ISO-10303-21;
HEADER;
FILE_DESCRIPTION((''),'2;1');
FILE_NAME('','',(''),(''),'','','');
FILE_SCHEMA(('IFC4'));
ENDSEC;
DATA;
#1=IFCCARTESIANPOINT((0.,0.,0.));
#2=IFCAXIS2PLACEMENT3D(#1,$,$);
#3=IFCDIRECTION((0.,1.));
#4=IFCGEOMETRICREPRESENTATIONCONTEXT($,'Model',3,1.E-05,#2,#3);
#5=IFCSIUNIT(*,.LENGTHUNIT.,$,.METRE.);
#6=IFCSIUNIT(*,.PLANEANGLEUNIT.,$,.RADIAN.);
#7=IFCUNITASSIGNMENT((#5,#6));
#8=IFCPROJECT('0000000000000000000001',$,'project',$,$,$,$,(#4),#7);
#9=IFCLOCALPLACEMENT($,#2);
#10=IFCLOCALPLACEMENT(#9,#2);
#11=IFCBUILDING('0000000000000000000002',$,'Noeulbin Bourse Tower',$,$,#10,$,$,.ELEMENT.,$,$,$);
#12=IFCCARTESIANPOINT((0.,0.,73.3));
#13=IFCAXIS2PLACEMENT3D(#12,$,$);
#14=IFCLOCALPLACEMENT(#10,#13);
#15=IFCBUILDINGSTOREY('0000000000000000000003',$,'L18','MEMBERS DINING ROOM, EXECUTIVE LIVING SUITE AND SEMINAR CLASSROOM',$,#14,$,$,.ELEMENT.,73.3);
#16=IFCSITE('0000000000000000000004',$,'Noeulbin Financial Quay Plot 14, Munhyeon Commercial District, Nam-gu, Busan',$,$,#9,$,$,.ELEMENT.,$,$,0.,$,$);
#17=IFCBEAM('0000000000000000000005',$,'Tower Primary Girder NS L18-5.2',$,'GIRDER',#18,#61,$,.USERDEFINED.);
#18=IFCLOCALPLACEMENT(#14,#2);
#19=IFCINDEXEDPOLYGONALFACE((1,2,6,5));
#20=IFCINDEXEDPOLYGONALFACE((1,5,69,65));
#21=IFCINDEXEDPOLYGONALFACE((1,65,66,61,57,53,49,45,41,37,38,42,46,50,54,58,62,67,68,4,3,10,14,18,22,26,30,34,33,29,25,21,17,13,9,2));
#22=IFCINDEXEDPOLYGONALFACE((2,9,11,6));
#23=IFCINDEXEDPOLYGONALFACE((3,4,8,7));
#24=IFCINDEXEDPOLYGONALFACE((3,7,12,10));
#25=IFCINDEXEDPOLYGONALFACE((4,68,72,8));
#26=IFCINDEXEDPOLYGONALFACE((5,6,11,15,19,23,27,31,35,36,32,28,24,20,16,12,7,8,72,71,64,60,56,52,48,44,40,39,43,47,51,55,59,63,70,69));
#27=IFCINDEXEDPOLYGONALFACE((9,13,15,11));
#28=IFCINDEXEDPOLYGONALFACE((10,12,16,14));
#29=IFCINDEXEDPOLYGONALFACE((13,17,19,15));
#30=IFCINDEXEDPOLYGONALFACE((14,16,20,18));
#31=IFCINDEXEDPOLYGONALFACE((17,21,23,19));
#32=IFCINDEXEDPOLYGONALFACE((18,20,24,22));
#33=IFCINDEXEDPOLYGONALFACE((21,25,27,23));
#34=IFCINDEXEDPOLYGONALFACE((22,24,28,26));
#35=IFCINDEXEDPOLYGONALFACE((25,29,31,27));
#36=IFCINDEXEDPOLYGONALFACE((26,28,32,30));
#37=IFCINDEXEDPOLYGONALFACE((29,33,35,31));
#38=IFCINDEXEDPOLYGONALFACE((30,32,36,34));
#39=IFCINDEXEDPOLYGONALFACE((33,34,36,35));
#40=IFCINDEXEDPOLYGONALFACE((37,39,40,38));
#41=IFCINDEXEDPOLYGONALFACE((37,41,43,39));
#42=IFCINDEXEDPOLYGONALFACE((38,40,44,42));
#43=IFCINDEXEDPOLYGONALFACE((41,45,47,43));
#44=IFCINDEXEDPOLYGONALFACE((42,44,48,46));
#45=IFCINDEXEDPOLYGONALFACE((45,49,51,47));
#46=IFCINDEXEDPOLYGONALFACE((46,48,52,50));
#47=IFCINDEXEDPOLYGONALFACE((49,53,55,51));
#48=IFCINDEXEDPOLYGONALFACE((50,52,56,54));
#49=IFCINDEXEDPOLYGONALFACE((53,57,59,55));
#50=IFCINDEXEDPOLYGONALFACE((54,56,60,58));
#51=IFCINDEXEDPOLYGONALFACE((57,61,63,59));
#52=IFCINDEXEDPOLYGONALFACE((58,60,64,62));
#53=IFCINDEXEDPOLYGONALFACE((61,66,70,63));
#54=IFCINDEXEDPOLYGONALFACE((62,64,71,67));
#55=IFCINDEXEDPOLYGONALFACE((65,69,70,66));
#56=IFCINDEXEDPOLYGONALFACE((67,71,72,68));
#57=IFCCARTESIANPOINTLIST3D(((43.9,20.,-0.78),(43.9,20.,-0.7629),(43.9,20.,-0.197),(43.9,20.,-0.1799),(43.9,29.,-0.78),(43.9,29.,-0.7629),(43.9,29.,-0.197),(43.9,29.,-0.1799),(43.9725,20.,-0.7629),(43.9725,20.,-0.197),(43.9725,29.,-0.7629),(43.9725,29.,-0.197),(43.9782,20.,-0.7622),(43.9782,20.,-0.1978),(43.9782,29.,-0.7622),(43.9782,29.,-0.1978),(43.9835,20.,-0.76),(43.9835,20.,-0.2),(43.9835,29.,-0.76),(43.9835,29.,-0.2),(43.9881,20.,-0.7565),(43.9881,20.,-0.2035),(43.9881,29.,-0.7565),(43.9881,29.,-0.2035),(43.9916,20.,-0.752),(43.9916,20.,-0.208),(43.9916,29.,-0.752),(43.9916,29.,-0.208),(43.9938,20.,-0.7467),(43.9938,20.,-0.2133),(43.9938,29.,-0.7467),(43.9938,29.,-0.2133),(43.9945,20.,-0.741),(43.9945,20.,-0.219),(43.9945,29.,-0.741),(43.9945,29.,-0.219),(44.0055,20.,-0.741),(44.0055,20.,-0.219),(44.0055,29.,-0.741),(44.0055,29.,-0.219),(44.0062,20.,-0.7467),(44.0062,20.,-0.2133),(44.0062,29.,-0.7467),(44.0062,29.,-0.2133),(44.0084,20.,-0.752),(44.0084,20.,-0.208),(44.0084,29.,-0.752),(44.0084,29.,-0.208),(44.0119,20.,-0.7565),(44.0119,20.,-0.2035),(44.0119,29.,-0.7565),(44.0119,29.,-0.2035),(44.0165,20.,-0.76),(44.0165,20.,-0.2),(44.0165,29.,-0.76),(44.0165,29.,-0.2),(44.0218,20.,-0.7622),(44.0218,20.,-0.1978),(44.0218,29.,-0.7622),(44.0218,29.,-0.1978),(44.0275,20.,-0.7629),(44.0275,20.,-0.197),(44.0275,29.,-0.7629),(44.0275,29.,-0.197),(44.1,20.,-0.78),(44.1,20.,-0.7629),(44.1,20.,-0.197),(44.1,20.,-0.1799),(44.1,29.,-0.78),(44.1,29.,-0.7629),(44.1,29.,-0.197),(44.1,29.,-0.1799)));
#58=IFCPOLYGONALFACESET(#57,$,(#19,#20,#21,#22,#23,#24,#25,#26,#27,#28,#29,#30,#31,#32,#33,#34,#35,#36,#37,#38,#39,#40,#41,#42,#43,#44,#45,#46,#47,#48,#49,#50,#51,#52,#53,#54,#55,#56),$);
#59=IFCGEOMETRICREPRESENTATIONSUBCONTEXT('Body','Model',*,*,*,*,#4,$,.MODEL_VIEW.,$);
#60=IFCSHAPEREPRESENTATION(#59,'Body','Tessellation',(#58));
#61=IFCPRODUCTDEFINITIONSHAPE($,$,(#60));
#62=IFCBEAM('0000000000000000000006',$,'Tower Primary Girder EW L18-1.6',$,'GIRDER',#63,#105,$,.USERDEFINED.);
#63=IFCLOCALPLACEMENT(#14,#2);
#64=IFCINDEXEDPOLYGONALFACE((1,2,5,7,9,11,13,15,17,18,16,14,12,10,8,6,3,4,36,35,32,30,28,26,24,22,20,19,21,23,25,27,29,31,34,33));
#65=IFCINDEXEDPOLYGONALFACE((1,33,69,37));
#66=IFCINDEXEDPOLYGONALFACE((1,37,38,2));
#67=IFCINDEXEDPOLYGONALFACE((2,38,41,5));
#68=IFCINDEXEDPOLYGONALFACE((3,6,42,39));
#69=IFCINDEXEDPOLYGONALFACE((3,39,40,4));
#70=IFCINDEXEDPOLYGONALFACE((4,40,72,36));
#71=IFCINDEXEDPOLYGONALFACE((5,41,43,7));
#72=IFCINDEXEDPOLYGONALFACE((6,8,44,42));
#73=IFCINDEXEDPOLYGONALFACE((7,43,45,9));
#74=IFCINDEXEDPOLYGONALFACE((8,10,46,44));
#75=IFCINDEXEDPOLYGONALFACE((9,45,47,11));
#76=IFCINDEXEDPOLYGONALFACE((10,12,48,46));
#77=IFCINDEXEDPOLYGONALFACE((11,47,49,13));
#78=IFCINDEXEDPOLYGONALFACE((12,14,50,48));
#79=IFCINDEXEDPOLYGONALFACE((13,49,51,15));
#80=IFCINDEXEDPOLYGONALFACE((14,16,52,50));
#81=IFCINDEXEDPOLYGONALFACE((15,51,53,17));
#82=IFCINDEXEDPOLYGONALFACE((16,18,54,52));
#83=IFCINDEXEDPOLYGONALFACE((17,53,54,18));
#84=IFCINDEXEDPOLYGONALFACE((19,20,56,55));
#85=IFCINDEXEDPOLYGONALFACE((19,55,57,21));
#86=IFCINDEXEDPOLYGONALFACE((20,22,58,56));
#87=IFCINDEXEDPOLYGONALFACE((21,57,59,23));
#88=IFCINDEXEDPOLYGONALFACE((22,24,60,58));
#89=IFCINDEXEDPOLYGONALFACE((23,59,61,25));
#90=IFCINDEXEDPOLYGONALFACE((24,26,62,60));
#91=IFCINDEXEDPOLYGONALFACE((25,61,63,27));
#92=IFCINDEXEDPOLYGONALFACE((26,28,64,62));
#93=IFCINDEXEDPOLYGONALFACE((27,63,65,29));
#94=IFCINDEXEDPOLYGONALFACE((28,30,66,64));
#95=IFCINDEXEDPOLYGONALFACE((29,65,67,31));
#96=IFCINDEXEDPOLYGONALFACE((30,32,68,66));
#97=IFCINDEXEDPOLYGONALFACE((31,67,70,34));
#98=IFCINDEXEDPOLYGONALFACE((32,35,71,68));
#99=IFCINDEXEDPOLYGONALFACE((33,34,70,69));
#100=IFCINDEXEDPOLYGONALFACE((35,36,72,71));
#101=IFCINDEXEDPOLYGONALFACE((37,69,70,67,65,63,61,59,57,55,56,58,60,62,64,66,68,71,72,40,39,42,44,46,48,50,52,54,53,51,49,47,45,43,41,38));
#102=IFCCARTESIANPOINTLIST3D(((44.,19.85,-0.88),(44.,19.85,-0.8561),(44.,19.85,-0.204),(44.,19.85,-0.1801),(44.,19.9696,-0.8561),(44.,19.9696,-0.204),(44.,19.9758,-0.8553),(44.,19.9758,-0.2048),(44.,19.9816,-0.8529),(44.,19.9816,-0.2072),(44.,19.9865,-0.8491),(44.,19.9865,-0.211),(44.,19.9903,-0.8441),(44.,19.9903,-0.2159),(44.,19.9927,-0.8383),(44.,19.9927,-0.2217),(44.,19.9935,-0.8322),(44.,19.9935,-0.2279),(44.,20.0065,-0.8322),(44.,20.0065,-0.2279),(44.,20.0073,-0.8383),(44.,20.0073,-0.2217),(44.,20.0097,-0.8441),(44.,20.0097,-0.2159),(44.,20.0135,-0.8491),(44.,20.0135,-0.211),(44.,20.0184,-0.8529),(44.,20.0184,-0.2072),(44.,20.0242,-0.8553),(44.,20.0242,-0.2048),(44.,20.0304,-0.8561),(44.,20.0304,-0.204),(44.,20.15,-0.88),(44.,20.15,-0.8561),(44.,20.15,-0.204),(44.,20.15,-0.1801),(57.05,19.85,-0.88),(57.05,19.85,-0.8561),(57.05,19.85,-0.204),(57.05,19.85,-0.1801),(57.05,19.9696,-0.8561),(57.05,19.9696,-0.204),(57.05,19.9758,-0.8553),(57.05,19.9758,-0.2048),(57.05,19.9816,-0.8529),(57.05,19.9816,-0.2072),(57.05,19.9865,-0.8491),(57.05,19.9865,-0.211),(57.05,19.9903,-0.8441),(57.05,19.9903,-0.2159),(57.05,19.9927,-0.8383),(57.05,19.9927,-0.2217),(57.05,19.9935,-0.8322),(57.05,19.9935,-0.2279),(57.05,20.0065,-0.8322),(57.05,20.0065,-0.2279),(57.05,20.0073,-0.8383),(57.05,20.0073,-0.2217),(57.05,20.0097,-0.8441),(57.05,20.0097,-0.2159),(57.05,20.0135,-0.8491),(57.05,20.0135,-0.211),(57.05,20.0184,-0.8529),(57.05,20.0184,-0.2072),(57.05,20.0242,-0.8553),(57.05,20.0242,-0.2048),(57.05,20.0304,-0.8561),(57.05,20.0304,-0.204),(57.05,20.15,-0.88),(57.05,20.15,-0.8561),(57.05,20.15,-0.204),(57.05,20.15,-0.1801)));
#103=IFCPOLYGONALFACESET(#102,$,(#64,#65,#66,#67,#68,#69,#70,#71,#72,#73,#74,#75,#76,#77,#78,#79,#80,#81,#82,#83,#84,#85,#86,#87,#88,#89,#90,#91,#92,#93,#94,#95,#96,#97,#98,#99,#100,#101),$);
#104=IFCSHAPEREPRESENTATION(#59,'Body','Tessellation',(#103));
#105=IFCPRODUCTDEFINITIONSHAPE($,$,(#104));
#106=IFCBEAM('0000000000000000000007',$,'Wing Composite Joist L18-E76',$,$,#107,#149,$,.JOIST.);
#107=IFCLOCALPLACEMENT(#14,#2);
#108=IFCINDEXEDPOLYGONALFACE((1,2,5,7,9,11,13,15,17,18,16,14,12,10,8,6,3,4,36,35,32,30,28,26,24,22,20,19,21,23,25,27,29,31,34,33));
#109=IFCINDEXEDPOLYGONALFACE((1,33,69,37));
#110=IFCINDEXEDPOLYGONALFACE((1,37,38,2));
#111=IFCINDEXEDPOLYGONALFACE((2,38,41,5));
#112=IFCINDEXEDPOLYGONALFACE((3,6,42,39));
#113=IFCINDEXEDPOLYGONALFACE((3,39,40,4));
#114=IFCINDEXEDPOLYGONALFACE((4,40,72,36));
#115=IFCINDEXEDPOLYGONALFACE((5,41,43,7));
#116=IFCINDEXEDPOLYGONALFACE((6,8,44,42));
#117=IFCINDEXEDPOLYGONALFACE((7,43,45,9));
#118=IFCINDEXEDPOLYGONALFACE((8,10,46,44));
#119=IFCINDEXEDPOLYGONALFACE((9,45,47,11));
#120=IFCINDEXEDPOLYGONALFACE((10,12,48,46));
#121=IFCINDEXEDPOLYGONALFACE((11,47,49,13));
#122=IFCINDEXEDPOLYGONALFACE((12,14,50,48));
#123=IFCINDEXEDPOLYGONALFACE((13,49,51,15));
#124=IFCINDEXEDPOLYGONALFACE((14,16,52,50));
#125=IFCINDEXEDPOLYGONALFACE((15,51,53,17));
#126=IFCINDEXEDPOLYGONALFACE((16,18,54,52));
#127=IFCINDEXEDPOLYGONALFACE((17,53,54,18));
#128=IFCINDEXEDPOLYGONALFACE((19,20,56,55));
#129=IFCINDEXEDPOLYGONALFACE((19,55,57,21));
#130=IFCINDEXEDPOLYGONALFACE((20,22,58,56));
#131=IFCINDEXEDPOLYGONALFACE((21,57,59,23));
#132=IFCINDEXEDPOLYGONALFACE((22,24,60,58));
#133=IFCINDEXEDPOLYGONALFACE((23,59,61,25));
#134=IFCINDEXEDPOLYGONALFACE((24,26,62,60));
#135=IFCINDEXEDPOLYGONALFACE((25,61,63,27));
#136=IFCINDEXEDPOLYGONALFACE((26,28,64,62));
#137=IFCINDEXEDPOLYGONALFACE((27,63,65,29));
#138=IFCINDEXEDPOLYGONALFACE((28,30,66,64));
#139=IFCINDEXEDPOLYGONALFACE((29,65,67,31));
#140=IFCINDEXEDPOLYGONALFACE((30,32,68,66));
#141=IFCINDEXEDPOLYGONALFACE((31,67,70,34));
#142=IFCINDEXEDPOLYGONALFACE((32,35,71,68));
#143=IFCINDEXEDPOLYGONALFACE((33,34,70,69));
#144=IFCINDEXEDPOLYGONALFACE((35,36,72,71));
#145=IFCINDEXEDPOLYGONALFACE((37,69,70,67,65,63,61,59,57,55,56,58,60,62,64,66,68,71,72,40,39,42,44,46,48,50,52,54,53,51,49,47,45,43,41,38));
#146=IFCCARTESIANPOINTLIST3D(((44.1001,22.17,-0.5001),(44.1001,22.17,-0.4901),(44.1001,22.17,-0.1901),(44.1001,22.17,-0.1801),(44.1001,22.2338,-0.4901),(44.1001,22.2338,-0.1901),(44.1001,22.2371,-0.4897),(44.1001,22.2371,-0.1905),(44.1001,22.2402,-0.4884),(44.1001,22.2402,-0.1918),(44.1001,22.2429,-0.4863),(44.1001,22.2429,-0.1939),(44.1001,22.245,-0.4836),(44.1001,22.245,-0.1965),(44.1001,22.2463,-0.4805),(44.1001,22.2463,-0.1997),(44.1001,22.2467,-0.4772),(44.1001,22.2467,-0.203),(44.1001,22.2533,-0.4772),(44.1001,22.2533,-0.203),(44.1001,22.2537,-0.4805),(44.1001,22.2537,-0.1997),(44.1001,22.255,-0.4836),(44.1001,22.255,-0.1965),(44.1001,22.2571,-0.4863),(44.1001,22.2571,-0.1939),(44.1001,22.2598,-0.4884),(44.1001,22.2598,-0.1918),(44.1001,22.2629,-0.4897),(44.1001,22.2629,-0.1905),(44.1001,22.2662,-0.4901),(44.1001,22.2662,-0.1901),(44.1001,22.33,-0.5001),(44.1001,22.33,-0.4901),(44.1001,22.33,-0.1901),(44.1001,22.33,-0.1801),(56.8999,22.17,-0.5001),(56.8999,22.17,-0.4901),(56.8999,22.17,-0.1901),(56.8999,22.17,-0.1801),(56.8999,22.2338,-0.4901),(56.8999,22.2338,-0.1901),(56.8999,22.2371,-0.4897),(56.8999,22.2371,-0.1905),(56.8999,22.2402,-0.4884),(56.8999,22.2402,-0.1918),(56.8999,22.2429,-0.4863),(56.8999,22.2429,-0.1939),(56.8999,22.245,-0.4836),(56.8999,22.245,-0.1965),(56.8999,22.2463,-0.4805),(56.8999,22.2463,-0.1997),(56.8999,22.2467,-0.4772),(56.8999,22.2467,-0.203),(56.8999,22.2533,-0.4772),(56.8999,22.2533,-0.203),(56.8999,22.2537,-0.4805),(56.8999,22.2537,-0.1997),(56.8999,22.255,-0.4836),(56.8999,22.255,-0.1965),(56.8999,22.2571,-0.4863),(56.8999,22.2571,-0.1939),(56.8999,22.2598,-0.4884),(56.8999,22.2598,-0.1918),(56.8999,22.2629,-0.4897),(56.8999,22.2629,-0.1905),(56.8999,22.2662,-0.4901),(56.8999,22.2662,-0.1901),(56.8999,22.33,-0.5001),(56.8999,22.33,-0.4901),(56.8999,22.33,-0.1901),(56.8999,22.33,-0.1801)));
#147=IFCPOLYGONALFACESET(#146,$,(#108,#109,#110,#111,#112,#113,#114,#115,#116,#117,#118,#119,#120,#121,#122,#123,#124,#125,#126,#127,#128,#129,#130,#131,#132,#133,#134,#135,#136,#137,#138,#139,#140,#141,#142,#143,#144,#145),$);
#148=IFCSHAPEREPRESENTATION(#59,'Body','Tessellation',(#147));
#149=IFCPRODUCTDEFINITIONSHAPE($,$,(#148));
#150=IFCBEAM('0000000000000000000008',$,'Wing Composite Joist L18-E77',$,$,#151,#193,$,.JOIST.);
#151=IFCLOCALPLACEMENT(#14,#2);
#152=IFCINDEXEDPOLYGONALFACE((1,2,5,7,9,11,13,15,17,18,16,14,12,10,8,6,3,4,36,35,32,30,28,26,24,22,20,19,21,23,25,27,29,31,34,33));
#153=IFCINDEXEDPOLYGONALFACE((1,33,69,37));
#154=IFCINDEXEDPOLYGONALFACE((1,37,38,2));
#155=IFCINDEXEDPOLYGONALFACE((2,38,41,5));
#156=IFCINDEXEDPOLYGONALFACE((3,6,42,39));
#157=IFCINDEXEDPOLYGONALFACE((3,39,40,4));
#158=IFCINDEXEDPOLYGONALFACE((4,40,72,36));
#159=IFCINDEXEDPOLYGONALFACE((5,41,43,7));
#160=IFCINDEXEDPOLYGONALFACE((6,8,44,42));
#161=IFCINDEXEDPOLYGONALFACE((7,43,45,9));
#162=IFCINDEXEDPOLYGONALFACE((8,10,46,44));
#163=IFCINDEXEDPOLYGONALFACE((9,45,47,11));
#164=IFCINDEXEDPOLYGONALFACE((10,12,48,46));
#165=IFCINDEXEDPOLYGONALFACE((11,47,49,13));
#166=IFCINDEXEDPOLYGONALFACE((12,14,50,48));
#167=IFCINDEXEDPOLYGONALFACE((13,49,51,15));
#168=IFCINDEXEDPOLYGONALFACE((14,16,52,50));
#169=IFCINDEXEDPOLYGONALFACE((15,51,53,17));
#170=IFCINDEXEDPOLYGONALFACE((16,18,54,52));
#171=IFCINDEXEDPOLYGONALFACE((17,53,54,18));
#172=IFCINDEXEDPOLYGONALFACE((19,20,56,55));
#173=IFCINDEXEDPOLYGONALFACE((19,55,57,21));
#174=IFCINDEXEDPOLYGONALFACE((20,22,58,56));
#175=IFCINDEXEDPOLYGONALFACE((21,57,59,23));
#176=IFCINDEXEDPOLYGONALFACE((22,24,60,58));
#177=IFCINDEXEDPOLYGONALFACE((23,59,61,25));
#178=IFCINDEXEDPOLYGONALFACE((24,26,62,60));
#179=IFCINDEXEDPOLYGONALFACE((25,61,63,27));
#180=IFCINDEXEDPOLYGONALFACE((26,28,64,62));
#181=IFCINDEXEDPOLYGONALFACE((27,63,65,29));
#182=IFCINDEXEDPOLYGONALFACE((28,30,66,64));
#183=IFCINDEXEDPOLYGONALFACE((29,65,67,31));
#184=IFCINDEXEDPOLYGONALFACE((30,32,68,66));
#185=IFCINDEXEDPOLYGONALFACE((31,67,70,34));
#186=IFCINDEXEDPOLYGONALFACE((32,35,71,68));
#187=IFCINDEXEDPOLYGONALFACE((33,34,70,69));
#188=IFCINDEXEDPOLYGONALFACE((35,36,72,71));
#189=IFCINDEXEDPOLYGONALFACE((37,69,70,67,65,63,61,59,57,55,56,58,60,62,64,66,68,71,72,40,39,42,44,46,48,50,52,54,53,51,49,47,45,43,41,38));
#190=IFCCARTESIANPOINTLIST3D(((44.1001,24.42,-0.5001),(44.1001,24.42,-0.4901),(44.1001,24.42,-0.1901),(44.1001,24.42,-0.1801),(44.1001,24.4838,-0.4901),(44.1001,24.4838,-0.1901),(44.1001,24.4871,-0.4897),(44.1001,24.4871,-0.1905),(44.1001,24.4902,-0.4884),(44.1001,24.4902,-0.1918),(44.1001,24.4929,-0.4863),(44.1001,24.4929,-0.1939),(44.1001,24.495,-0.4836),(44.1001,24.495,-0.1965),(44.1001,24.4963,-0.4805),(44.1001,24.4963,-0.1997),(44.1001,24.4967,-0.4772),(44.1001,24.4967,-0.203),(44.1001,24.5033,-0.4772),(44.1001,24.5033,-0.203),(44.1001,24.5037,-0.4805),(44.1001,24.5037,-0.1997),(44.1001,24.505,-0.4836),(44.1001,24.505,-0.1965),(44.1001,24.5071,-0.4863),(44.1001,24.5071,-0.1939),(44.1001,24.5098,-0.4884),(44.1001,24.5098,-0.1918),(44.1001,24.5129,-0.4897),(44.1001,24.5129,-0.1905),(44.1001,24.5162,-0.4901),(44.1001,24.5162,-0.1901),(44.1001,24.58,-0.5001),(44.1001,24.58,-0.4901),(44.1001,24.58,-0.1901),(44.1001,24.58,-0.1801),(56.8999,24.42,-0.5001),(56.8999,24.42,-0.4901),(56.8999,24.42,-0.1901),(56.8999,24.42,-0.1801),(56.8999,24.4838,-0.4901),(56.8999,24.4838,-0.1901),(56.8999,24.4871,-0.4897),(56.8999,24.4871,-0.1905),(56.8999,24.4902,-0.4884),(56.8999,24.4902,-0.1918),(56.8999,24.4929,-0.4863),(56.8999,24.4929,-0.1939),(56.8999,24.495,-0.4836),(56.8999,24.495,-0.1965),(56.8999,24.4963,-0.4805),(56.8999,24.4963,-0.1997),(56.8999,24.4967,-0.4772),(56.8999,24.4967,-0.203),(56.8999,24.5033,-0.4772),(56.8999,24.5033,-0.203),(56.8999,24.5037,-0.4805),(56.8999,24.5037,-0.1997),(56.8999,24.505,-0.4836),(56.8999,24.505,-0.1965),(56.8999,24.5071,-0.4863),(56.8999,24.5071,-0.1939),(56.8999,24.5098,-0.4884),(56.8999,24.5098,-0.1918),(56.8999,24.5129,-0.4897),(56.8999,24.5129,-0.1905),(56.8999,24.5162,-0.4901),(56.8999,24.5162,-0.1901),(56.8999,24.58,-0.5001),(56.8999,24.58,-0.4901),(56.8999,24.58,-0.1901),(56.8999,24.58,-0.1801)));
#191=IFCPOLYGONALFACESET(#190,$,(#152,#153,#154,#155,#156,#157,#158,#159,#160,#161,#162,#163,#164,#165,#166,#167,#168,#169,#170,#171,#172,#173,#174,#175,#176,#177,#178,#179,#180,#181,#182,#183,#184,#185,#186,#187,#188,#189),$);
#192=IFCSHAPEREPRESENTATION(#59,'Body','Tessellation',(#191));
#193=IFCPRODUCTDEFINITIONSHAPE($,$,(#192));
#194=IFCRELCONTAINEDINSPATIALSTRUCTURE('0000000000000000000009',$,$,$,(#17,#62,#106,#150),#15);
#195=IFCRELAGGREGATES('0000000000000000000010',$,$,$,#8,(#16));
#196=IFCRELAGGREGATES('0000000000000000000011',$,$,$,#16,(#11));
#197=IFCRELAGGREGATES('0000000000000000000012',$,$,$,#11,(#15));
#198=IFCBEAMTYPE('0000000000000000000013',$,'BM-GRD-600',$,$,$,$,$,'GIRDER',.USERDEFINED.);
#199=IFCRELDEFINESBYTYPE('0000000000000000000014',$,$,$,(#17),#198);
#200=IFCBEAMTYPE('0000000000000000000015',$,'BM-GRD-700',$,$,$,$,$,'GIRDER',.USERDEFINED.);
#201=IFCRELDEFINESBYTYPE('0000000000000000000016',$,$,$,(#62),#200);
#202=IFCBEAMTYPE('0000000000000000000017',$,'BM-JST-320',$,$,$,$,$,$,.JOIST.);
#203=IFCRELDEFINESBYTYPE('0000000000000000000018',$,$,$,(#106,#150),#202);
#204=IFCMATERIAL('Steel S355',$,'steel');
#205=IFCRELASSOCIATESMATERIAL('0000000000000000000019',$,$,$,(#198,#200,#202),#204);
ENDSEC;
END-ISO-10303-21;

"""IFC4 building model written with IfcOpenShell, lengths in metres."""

from ifc_helpers import new_model, si_unit, direction, frame, origin, origin_2d, place, context, subcontext, project, spatial, i_section, extrude, material, material_profile, profile_set, type_object, element, save


model = new_model("IFC4")

# Units and contexts
model_context = context("Model", 3, precision=1e-05, world=origin(), true_north=direction((0.0, 1.0)))
body_context = subcontext(model_context, "Body", "Model", "MODEL_VIEW")
ifc_project = project(units=[si_unit("LENGTHUNIT", "METRE"), si_unit("PLANEANGLEUNIT", "RADIAN")], contexts=[model_context])

# Site, building, storey
site_placement = place(None, origin())
site = spatial("IfcSite", under=ifc_project, at=site_placement, Name="Noeulbin Financial Quay Plot 14, Munhyeon Commercial District, Nam-gu, Busan", CompositionType="ELEMENT", RefElevation=0.0)
building_placement = place(site_placement, origin())
building = spatial("IfcBuilding", under=site, at=building_placement, Name="Noeulbin Bourse Tower", CompositionType="ELEMENT")
storey_placement = place(building_placement, frame((0.0, 0.0, 73.3)))
storey = spatial("IfcBuildingStorey", under=building, at=storey_placement, Name="L18", Description="MEMBERS DINING ROOM, EXECUTIVE LIVING SUITE AND SEMINAR CLASSROOM", CompositionType="ELEMENT", Elevation=73.3)

# Beams
ifc_material_1 = material(Name="Steel S355", Category="steel")
ifc_material_profile_1 = material_profile(ifc_material_1, i_section(OverallWidth=0.2, OverallDepth=0.6001, WebThickness=0.011, FlangeThickness=0.0171, FilletRadius=0.022, at=origin_2d()), Name="H-600x200x11x17", Category="LoadBearing")
ifc_profile_set_1 = profile_set([ifc_material_profile_1], Name="Steel S355")
beam_type_1 = type_object("IfcBeamType", Name="BM-GRD-600", ElementType="GIRDER", PredefinedType="USERDEFINED", material=ifc_profile_set_1)
beam_1_placement = place(storey_placement, frame((44.0, 20.0, -0.48), z_axis=(0.0, 1.0, 0.0), x_axis=(-1.0, 0.0, 0.0)))
element("IfcBeam", 1, at=beam_1_placement, inside=storey, type_object=beam_type_1, Name="Tower Primary Girder NS L18-5.2", ObjectType="GIRDER", PredefinedType="USERDEFINED", context=body_context, shape_type="SweptSolid", body=[
    extrude(i_section(OverallWidth=0.2, OverallDepth=0.6001, WebThickness=0.011, FlangeThickness=0.0171, FilletRadius=0.022, at=origin_2d()), origin(), (0.0, 0.0, 1.0), 9.0),
])
ifc_material_profile_2 = material_profile(ifc_material_1, i_section(OverallWidth=0.3, OverallDepth=0.7, WebThickness=0.0129, FlangeThickness=0.0239, FilletRadius=0.0239, at=origin_2d()), Name="H-700x300x13x24", Category="LoadBearing")
ifc_profile_set_2 = profile_set([ifc_material_profile_2], Name="Steel S355")
beam_type_2 = type_object("IfcBeamType", Name="BM-GRD-700", ElementType="GIRDER", PredefinedType="USERDEFINED", material=ifc_profile_set_2)
beam_2_placement = place(storey_placement, frame((44.0, 20.0, -0.53), z_axis=(1.0, 0.0, 0.0), x_axis=(0.0, 1.0, 0.0)))
element("IfcBeam", 2, at=beam_2_placement, inside=storey, type_object=beam_type_2, Name="Tower Primary Girder EW L18-1.6", ObjectType="GIRDER", PredefinedType="USERDEFINED", context=body_context, shape_type="SweptSolid", body=[
    extrude(i_section(OverallWidth=0.3, OverallDepth=0.7, WebThickness=0.0129, FlangeThickness=0.0239, FilletRadius=0.0239, at=origin_2d()), origin(), (0.0, 0.0, 1.0), 13.05),
])
ifc_material_profile_3 = material_profile(ifc_material_1, i_section(OverallWidth=0.1599, OverallDepth=0.3201, WebThickness=0.0066, FlangeThickness=0.01, FilletRadius=0.0129, at=origin_2d()), Name="H-320x160x6.5x10", Category="LoadBearing")
ifc_profile_set_3 = profile_set([ifc_material_profile_3], Name="Steel S355")
beam_type_3 = type_object("IfcBeamType", Name="BM-JST-320", PredefinedType="JOIST", material=ifc_profile_set_3)
for number, where, z_axis, x_axis, name in (
    (3, (44.1001, 22.25, -0.3401), (1.0, 0.0, 0.0), (0.0, 1.0, 0.0), "Wing Composite Joist L18-E76"),
    (4, (44.1001, 24.5, -0.3401), (1.0, 0.0, 0.0), (0.0, 1.0, 0.0), "Wing Composite Joist L18-E77"),
):
    element("IfcBeam", number, at=place(storey_placement, frame(where, z_axis=z_axis, x_axis=x_axis)), inside=storey, type_object=beam_type_3, Name=name, PredefinedType="JOIST", context=body_context, shape_type="SweptSolid", body=[
        extrude(i_section(OverallWidth=0.1599, OverallDepth=0.3201, WebThickness=0.0066, FlangeThickness=0.01, FilletRadius=0.0129, at=origin_2d()), origin(), (0.0, 0.0, 1.0), 12.7998),
    ])

save(model, "model.ifc")
